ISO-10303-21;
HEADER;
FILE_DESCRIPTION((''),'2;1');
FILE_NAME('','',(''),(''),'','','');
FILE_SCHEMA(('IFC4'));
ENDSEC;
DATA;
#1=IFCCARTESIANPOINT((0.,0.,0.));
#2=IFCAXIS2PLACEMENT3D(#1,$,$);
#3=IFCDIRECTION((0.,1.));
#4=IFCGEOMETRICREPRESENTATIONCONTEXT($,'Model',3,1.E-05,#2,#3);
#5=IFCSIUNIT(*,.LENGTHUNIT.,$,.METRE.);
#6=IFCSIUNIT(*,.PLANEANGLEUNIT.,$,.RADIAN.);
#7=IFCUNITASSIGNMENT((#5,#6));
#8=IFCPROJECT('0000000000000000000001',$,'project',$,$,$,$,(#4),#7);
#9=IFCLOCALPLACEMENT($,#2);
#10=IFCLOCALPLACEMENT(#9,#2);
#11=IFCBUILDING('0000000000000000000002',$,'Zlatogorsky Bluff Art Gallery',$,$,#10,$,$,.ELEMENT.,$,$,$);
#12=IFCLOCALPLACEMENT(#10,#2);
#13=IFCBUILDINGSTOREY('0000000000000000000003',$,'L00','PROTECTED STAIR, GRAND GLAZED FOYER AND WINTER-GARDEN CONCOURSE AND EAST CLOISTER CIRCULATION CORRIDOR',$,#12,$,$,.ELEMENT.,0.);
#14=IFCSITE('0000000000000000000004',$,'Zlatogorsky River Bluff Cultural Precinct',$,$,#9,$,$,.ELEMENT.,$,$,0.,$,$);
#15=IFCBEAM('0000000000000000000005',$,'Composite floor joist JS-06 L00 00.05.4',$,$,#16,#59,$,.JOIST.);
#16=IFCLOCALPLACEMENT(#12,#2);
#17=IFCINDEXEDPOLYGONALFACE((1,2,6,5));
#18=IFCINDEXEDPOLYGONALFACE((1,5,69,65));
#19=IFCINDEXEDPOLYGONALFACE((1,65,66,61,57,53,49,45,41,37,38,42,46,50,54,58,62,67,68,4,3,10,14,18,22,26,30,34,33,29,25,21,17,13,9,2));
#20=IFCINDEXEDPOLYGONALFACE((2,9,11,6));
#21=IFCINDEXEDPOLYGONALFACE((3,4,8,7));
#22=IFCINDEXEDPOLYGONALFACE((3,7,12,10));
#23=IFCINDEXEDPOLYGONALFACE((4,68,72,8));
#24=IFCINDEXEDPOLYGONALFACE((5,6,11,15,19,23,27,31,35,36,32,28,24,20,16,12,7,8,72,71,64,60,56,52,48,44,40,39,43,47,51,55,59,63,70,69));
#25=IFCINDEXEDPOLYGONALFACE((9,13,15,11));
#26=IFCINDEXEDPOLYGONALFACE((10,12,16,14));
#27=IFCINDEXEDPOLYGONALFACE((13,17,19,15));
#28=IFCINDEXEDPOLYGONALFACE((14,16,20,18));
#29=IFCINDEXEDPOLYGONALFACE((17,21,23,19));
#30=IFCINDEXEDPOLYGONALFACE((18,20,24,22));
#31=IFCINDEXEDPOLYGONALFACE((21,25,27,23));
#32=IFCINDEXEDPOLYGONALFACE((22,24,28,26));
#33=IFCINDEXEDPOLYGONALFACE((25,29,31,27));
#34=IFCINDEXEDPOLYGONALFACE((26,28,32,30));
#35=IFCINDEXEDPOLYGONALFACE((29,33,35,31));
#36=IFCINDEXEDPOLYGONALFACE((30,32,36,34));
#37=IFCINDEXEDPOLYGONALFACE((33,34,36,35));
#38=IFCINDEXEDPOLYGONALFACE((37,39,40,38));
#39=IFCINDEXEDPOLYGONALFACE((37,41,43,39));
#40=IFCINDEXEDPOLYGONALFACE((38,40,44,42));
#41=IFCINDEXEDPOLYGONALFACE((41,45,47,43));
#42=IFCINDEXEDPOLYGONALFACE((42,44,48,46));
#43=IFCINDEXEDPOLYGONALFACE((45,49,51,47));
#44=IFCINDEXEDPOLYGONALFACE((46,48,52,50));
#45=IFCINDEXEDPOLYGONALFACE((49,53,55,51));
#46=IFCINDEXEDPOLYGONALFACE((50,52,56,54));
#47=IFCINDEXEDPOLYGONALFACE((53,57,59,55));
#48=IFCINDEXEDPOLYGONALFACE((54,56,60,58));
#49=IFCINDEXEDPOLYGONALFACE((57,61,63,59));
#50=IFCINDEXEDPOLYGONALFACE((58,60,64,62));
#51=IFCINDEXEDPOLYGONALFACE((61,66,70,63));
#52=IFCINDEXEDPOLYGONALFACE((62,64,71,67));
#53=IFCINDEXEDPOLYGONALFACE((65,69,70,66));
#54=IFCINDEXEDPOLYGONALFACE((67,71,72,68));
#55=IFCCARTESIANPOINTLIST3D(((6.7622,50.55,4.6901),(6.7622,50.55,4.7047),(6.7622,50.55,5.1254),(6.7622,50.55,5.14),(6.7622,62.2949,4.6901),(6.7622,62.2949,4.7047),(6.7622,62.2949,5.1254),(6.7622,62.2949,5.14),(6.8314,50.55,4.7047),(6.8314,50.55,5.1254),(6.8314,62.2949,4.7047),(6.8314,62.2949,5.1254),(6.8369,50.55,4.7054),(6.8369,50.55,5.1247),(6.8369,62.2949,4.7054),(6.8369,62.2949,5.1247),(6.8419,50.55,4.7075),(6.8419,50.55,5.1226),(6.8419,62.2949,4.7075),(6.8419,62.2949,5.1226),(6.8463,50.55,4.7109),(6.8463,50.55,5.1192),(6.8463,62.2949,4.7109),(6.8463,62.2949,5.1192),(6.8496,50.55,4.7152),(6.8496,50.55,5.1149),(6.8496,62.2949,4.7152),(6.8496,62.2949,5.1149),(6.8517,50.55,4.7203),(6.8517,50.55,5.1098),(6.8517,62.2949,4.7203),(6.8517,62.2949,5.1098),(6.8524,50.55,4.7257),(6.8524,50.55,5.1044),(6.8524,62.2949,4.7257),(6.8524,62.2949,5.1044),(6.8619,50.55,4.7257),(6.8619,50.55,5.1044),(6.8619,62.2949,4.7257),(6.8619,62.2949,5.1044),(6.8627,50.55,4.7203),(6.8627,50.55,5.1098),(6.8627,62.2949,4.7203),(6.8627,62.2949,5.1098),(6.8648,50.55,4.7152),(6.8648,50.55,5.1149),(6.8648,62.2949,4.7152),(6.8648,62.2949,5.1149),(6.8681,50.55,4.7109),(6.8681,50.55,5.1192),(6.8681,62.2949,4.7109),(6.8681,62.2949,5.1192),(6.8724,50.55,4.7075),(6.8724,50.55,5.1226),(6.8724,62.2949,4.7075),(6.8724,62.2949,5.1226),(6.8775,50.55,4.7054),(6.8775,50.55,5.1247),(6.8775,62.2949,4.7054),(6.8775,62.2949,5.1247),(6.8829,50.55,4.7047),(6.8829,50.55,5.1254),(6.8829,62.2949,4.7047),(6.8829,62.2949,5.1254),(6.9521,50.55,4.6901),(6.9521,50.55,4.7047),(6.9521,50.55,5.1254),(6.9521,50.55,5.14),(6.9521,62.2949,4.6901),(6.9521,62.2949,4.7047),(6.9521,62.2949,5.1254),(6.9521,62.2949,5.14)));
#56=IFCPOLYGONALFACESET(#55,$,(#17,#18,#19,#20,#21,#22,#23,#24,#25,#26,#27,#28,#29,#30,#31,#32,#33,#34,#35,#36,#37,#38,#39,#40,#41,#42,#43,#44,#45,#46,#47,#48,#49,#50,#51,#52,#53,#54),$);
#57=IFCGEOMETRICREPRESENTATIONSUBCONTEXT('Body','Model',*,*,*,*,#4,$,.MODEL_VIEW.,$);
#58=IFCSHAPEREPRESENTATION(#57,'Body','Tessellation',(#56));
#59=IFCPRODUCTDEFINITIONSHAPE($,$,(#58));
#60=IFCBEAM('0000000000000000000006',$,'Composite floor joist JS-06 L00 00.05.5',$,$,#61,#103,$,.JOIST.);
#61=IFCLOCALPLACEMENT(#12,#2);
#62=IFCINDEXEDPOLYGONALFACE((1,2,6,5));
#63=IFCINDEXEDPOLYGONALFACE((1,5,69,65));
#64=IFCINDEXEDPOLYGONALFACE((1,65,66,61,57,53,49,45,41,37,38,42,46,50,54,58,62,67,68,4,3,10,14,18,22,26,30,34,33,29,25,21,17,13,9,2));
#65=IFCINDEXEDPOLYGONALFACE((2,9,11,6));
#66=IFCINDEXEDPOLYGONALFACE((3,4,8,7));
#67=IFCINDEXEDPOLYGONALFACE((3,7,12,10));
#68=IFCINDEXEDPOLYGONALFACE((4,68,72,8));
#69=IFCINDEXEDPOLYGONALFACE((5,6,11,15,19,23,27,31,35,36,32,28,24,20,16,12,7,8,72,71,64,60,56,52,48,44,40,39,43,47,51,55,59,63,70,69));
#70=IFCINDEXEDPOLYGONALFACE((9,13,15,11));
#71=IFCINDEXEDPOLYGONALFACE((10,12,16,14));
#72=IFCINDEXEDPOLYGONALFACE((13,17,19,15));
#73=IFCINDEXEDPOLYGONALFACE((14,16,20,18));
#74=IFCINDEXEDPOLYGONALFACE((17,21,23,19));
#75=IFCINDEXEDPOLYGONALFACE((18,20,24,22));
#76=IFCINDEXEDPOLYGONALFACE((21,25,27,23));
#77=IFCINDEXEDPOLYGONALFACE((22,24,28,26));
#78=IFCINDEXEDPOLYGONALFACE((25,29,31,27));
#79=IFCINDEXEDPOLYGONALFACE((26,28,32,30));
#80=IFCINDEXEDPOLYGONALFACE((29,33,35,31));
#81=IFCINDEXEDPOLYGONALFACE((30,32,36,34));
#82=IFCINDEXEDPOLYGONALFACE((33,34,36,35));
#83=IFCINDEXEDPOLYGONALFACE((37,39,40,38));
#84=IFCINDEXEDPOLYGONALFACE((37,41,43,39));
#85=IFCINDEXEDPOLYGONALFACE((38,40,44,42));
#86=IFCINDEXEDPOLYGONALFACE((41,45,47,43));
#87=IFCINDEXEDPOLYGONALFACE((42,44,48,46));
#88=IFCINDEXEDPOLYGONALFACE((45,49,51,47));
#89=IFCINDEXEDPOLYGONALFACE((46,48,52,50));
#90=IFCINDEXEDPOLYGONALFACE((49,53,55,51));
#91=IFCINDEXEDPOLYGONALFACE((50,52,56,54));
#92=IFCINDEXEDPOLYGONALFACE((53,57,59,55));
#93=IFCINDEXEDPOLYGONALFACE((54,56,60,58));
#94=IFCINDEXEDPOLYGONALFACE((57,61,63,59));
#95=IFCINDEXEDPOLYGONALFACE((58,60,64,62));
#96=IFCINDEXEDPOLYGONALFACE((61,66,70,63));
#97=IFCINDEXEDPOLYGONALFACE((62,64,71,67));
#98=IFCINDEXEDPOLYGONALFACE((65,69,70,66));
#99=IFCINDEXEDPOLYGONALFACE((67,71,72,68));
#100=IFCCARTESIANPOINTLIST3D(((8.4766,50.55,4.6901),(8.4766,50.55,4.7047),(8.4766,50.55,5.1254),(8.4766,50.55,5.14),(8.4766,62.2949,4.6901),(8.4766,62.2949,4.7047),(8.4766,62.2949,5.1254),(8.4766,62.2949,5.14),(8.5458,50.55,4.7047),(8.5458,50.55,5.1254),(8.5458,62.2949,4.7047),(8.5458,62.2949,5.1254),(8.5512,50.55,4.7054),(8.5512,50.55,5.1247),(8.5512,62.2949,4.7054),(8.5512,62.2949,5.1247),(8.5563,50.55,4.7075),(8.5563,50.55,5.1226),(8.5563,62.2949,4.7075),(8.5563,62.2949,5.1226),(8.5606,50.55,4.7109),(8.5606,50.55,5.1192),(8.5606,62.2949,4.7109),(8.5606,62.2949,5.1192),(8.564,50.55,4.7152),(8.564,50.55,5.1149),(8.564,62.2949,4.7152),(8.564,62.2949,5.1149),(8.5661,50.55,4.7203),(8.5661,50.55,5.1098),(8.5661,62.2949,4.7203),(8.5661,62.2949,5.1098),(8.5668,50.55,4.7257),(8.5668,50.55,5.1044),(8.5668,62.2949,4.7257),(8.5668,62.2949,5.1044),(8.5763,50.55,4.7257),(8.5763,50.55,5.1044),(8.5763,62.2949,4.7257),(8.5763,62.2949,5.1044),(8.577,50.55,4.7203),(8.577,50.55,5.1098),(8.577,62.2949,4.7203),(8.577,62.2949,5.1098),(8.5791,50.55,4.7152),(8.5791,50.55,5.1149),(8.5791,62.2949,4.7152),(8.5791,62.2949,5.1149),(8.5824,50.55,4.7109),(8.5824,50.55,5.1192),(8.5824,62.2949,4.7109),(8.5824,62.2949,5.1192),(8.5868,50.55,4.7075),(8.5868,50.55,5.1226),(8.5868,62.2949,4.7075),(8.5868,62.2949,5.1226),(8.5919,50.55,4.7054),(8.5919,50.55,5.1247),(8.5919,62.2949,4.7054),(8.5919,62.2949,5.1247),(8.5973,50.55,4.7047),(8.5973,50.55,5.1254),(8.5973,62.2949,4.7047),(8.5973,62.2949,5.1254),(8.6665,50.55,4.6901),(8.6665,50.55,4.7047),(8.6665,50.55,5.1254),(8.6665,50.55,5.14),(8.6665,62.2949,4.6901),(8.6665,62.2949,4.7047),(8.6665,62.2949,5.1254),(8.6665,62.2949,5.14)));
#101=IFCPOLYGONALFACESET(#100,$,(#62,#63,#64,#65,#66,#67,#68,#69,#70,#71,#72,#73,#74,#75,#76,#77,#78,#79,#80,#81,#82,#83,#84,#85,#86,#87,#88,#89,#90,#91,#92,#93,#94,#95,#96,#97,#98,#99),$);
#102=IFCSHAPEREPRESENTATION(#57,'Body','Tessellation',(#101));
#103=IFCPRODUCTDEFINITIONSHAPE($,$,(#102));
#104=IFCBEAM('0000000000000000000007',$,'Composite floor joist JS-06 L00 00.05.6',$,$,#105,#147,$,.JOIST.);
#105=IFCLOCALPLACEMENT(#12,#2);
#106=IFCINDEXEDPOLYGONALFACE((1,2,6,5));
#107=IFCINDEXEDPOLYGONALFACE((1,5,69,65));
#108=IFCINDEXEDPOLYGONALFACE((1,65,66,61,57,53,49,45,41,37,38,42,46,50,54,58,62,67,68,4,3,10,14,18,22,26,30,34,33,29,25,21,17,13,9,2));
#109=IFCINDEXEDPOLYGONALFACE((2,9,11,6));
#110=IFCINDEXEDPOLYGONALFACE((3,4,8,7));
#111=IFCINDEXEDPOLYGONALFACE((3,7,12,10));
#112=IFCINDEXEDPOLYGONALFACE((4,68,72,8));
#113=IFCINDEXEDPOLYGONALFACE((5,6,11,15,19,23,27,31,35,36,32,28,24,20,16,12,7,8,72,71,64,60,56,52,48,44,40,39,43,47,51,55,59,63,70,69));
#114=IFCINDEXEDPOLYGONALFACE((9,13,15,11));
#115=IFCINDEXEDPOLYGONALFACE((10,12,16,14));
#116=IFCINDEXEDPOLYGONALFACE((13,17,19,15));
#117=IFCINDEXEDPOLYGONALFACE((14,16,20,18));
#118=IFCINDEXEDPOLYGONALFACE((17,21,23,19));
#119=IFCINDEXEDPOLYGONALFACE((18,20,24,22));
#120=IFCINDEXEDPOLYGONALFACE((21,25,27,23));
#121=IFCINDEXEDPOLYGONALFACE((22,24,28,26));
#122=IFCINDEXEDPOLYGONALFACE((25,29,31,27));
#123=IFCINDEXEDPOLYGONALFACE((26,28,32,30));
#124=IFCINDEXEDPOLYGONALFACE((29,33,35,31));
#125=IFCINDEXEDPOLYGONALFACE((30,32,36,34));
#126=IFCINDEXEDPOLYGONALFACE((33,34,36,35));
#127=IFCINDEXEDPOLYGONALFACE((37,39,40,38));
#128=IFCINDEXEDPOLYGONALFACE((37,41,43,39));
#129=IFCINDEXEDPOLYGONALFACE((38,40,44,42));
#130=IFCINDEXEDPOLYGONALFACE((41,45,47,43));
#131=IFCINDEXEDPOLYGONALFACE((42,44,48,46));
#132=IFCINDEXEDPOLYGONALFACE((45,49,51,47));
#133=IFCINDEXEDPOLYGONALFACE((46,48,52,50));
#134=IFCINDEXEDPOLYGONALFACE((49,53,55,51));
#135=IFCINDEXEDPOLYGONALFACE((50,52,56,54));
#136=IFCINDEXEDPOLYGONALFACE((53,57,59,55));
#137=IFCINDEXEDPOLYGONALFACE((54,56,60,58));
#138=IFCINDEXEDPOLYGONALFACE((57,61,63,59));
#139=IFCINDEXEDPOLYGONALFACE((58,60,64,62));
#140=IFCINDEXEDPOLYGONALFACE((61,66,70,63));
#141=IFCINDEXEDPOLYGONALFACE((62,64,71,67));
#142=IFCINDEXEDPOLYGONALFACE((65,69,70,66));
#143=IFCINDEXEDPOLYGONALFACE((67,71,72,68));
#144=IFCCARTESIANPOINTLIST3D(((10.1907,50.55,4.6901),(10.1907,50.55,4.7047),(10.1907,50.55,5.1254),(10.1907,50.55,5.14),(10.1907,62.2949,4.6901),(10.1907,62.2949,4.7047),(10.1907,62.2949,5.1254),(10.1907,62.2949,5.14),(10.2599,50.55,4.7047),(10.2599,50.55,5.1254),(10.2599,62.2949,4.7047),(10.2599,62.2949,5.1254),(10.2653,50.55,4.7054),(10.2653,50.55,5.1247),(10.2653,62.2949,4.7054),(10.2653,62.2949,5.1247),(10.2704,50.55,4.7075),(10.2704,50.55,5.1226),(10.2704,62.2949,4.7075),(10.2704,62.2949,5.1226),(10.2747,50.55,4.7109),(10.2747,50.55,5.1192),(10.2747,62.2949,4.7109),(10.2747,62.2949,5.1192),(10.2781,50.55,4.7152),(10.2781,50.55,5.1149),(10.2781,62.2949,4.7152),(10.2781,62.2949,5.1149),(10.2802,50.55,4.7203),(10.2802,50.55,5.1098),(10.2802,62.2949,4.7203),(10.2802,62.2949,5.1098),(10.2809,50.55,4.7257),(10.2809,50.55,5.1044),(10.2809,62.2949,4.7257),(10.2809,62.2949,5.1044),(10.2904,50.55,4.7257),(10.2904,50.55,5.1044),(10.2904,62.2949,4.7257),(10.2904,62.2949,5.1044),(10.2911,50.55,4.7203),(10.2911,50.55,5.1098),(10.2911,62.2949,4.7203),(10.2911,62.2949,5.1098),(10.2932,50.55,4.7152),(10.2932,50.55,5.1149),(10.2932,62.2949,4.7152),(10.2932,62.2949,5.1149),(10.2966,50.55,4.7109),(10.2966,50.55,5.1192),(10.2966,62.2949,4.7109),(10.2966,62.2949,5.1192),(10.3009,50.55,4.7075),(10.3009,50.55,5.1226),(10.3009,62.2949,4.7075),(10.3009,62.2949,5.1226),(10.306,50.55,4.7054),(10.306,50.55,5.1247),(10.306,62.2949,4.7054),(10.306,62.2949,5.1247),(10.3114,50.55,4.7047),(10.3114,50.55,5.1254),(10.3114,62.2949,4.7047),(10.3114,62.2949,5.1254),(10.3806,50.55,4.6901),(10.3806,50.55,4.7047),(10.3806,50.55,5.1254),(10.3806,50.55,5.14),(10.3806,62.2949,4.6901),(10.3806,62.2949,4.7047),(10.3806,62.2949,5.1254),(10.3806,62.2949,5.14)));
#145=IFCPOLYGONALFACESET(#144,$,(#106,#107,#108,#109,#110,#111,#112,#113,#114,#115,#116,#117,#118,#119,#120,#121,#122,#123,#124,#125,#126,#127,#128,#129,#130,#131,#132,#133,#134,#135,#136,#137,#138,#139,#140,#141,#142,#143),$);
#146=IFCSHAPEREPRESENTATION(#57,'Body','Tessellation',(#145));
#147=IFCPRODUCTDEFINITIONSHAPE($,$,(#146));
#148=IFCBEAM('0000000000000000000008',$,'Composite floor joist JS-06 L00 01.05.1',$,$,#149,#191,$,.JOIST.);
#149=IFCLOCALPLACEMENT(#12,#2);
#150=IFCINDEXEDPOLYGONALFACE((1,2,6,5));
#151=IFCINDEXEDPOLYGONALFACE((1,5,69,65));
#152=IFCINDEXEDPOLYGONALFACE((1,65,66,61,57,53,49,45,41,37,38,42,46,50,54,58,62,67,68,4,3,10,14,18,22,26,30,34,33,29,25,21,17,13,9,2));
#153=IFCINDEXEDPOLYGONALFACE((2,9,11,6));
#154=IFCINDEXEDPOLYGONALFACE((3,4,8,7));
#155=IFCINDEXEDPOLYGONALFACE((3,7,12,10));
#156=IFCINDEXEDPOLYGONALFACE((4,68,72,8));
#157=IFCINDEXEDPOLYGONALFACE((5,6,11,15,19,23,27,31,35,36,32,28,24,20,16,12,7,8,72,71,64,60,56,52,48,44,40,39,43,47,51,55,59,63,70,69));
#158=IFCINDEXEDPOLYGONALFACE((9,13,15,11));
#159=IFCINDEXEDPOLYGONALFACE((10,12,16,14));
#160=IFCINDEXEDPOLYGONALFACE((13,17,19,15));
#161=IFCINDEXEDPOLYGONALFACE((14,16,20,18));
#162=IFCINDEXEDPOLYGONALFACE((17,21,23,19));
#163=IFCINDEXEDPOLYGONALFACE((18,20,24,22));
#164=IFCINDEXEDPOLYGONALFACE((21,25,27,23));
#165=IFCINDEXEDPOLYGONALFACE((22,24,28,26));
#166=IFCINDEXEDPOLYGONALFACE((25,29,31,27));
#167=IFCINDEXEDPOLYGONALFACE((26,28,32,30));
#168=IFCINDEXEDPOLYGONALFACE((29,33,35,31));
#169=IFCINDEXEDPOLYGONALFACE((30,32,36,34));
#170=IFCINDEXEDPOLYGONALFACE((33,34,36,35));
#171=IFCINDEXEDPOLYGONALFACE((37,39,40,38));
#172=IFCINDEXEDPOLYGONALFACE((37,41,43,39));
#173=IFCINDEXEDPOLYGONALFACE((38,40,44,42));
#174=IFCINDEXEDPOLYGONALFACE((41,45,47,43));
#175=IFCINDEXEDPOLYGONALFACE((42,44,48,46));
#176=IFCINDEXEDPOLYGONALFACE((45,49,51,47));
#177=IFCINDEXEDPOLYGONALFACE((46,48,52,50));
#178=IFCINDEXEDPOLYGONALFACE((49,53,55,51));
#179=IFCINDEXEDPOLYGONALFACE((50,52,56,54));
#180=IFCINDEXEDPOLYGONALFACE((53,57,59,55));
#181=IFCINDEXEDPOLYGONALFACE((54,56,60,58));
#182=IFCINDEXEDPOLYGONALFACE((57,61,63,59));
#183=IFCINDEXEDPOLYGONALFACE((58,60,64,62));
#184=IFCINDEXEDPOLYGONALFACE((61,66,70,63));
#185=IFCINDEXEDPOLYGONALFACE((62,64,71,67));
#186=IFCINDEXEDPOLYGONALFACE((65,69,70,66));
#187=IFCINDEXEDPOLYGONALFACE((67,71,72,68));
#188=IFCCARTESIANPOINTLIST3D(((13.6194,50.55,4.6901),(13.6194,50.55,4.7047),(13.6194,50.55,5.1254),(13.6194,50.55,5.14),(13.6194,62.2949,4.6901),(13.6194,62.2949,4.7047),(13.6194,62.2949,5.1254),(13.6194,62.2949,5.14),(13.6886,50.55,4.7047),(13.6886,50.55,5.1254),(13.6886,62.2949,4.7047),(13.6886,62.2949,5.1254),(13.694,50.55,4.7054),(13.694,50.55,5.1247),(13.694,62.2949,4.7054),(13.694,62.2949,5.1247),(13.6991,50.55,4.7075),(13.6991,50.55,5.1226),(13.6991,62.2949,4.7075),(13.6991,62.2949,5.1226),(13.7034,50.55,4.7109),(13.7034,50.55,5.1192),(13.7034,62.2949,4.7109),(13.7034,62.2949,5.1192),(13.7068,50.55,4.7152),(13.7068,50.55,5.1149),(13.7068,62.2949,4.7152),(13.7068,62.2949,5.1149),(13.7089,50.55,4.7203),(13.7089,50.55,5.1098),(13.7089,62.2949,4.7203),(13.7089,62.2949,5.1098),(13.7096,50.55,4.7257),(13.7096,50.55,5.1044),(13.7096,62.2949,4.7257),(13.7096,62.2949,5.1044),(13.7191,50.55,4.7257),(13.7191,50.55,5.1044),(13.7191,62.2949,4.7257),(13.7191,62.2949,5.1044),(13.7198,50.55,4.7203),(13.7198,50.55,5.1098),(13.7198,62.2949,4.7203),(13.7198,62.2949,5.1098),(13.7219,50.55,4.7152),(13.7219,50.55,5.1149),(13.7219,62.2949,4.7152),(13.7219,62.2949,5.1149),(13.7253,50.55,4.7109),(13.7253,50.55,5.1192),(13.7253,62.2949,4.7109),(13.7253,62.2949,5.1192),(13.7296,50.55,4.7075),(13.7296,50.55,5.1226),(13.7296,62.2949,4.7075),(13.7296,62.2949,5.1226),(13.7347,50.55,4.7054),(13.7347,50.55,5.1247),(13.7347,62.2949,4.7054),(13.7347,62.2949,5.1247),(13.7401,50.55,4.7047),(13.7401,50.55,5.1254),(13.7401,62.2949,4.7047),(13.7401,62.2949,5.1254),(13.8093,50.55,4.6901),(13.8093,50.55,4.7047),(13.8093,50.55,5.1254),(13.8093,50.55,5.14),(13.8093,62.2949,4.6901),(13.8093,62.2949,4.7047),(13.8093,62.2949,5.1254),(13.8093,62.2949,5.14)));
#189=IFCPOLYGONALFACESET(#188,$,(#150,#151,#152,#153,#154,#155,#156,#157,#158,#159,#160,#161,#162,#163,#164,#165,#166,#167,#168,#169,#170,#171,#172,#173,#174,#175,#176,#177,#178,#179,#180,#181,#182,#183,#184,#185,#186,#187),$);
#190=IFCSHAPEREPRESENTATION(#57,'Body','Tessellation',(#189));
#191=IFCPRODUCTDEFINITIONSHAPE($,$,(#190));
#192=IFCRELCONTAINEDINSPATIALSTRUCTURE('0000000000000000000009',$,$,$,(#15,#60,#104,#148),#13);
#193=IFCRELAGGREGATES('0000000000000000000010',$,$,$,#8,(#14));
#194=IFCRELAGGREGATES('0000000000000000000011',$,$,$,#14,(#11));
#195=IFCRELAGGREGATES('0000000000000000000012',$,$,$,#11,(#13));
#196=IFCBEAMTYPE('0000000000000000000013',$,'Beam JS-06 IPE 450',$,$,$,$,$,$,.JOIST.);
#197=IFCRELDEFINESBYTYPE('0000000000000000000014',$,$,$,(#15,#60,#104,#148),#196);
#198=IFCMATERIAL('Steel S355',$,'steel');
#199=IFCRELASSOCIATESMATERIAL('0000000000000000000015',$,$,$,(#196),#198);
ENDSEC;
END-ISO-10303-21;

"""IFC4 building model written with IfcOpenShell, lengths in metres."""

from ifc_helpers import new_model, si_unit, direction, frame, origin, origin_2d, place, context, subcontext, project, spatial, i_section, extrude, material, material_profile, profile_set, type_object, element, save


model = new_model("IFC4")

# Units and contexts
model_context = context("Model", 3, precision=1e-05, world=origin(), true_north=direction((0.0, 1.0)))
body_context = subcontext(model_context, "Body", "Model", "MODEL_VIEW")
ifc_project = project(units=[si_unit("LENGTHUNIT", "METRE"), si_unit("PLANEANGLEUNIT", "RADIAN")], contexts=[model_context])

# Site, building, storey
site_placement = place(None, origin())
site = spatial("IfcSite", under=ifc_project, at=site_placement, Name="Zlatogorsky River Bluff Cultural Precinct", CompositionType="ELEMENT", RefElevation=0.0)
building_placement = place(site_placement, origin())
building = spatial("IfcBuilding", under=site, at=building_placement, Name="Zlatogorsky Bluff Art Gallery", CompositionType="ELEMENT")
storey_placement = place(building_placement, origin())
storey = spatial("IfcBuildingStorey", under=building, at=storey_placement, Name="L00", Description="PROTECTED STAIR, GRAND GLAZED FOYER AND WINTER-GARDEN CONCOURSE AND EAST CLOISTER CIRCULATION CORRIDOR", CompositionType="ELEMENT", Elevation=0.0)

# Shared definitions
ifc_material_1 = material(Name="Steel S355", Category="steel")

# Beams
ifc_material_profile_1 = material_profile(ifc_material_1, i_section(OverallWidth=0.1899, OverallDepth=0.45, WebThickness=0.0095, FlangeThickness=0.0146, FilletRadius=0.021, at=origin_2d()), Name="IPE 450")
ifc_profile_set_1 = profile_set([ifc_material_profile_1], Name="Steel S355")
beam_type_1 = type_object("IfcBeamType", Name="Beam JS-06 IPE 450", PredefinedType="JOIST", material=ifc_profile_set_1)
for number, where, z_axis, x_axis, name in (
    (1, (6.8572, 50.55, 4.915), (0.0, 1.0, 0.0), (-1.0, 0.0, 0.0), "Composite floor joist JS-06 L00 00.05.4"),
    (2, (8.5715, 50.55, 4.915), (0.0, 1.0, 0.0), (-1.0, 0.0, 0.0), "Composite floor joist JS-06 L00 00.05.5"),
    (3, (10.2856, 50.55, 4.915), (0.0, 1.0, 0.0), (-1.0, 0.0, 0.0), "Composite floor joist JS-06 L00 00.05.6"),
    (4, (13.7144, 50.55, 4.915), (0.0, 1.0, 0.0), (-1.0, 0.0, 0.0), "Composite floor joist JS-06 L00 01.05.1"),
):
    element("IfcBeam", number, at=place(storey_placement, frame(where, z_axis=z_axis, x_axis=x_axis)), inside=storey, type_object=beam_type_1, Name=name, PredefinedType="JOIST", context=body_context, shape_type="SweptSolid", body=[
        extrude(i_section(OverallWidth=0.1899, OverallDepth=0.45, WebThickness=0.0095, FlangeThickness=0.0146, FilletRadius=0.021, at=origin_2d()), origin(), (0.0, 0.0, 1.0), 11.7449),
    ])

save(model, "model.ifc")
